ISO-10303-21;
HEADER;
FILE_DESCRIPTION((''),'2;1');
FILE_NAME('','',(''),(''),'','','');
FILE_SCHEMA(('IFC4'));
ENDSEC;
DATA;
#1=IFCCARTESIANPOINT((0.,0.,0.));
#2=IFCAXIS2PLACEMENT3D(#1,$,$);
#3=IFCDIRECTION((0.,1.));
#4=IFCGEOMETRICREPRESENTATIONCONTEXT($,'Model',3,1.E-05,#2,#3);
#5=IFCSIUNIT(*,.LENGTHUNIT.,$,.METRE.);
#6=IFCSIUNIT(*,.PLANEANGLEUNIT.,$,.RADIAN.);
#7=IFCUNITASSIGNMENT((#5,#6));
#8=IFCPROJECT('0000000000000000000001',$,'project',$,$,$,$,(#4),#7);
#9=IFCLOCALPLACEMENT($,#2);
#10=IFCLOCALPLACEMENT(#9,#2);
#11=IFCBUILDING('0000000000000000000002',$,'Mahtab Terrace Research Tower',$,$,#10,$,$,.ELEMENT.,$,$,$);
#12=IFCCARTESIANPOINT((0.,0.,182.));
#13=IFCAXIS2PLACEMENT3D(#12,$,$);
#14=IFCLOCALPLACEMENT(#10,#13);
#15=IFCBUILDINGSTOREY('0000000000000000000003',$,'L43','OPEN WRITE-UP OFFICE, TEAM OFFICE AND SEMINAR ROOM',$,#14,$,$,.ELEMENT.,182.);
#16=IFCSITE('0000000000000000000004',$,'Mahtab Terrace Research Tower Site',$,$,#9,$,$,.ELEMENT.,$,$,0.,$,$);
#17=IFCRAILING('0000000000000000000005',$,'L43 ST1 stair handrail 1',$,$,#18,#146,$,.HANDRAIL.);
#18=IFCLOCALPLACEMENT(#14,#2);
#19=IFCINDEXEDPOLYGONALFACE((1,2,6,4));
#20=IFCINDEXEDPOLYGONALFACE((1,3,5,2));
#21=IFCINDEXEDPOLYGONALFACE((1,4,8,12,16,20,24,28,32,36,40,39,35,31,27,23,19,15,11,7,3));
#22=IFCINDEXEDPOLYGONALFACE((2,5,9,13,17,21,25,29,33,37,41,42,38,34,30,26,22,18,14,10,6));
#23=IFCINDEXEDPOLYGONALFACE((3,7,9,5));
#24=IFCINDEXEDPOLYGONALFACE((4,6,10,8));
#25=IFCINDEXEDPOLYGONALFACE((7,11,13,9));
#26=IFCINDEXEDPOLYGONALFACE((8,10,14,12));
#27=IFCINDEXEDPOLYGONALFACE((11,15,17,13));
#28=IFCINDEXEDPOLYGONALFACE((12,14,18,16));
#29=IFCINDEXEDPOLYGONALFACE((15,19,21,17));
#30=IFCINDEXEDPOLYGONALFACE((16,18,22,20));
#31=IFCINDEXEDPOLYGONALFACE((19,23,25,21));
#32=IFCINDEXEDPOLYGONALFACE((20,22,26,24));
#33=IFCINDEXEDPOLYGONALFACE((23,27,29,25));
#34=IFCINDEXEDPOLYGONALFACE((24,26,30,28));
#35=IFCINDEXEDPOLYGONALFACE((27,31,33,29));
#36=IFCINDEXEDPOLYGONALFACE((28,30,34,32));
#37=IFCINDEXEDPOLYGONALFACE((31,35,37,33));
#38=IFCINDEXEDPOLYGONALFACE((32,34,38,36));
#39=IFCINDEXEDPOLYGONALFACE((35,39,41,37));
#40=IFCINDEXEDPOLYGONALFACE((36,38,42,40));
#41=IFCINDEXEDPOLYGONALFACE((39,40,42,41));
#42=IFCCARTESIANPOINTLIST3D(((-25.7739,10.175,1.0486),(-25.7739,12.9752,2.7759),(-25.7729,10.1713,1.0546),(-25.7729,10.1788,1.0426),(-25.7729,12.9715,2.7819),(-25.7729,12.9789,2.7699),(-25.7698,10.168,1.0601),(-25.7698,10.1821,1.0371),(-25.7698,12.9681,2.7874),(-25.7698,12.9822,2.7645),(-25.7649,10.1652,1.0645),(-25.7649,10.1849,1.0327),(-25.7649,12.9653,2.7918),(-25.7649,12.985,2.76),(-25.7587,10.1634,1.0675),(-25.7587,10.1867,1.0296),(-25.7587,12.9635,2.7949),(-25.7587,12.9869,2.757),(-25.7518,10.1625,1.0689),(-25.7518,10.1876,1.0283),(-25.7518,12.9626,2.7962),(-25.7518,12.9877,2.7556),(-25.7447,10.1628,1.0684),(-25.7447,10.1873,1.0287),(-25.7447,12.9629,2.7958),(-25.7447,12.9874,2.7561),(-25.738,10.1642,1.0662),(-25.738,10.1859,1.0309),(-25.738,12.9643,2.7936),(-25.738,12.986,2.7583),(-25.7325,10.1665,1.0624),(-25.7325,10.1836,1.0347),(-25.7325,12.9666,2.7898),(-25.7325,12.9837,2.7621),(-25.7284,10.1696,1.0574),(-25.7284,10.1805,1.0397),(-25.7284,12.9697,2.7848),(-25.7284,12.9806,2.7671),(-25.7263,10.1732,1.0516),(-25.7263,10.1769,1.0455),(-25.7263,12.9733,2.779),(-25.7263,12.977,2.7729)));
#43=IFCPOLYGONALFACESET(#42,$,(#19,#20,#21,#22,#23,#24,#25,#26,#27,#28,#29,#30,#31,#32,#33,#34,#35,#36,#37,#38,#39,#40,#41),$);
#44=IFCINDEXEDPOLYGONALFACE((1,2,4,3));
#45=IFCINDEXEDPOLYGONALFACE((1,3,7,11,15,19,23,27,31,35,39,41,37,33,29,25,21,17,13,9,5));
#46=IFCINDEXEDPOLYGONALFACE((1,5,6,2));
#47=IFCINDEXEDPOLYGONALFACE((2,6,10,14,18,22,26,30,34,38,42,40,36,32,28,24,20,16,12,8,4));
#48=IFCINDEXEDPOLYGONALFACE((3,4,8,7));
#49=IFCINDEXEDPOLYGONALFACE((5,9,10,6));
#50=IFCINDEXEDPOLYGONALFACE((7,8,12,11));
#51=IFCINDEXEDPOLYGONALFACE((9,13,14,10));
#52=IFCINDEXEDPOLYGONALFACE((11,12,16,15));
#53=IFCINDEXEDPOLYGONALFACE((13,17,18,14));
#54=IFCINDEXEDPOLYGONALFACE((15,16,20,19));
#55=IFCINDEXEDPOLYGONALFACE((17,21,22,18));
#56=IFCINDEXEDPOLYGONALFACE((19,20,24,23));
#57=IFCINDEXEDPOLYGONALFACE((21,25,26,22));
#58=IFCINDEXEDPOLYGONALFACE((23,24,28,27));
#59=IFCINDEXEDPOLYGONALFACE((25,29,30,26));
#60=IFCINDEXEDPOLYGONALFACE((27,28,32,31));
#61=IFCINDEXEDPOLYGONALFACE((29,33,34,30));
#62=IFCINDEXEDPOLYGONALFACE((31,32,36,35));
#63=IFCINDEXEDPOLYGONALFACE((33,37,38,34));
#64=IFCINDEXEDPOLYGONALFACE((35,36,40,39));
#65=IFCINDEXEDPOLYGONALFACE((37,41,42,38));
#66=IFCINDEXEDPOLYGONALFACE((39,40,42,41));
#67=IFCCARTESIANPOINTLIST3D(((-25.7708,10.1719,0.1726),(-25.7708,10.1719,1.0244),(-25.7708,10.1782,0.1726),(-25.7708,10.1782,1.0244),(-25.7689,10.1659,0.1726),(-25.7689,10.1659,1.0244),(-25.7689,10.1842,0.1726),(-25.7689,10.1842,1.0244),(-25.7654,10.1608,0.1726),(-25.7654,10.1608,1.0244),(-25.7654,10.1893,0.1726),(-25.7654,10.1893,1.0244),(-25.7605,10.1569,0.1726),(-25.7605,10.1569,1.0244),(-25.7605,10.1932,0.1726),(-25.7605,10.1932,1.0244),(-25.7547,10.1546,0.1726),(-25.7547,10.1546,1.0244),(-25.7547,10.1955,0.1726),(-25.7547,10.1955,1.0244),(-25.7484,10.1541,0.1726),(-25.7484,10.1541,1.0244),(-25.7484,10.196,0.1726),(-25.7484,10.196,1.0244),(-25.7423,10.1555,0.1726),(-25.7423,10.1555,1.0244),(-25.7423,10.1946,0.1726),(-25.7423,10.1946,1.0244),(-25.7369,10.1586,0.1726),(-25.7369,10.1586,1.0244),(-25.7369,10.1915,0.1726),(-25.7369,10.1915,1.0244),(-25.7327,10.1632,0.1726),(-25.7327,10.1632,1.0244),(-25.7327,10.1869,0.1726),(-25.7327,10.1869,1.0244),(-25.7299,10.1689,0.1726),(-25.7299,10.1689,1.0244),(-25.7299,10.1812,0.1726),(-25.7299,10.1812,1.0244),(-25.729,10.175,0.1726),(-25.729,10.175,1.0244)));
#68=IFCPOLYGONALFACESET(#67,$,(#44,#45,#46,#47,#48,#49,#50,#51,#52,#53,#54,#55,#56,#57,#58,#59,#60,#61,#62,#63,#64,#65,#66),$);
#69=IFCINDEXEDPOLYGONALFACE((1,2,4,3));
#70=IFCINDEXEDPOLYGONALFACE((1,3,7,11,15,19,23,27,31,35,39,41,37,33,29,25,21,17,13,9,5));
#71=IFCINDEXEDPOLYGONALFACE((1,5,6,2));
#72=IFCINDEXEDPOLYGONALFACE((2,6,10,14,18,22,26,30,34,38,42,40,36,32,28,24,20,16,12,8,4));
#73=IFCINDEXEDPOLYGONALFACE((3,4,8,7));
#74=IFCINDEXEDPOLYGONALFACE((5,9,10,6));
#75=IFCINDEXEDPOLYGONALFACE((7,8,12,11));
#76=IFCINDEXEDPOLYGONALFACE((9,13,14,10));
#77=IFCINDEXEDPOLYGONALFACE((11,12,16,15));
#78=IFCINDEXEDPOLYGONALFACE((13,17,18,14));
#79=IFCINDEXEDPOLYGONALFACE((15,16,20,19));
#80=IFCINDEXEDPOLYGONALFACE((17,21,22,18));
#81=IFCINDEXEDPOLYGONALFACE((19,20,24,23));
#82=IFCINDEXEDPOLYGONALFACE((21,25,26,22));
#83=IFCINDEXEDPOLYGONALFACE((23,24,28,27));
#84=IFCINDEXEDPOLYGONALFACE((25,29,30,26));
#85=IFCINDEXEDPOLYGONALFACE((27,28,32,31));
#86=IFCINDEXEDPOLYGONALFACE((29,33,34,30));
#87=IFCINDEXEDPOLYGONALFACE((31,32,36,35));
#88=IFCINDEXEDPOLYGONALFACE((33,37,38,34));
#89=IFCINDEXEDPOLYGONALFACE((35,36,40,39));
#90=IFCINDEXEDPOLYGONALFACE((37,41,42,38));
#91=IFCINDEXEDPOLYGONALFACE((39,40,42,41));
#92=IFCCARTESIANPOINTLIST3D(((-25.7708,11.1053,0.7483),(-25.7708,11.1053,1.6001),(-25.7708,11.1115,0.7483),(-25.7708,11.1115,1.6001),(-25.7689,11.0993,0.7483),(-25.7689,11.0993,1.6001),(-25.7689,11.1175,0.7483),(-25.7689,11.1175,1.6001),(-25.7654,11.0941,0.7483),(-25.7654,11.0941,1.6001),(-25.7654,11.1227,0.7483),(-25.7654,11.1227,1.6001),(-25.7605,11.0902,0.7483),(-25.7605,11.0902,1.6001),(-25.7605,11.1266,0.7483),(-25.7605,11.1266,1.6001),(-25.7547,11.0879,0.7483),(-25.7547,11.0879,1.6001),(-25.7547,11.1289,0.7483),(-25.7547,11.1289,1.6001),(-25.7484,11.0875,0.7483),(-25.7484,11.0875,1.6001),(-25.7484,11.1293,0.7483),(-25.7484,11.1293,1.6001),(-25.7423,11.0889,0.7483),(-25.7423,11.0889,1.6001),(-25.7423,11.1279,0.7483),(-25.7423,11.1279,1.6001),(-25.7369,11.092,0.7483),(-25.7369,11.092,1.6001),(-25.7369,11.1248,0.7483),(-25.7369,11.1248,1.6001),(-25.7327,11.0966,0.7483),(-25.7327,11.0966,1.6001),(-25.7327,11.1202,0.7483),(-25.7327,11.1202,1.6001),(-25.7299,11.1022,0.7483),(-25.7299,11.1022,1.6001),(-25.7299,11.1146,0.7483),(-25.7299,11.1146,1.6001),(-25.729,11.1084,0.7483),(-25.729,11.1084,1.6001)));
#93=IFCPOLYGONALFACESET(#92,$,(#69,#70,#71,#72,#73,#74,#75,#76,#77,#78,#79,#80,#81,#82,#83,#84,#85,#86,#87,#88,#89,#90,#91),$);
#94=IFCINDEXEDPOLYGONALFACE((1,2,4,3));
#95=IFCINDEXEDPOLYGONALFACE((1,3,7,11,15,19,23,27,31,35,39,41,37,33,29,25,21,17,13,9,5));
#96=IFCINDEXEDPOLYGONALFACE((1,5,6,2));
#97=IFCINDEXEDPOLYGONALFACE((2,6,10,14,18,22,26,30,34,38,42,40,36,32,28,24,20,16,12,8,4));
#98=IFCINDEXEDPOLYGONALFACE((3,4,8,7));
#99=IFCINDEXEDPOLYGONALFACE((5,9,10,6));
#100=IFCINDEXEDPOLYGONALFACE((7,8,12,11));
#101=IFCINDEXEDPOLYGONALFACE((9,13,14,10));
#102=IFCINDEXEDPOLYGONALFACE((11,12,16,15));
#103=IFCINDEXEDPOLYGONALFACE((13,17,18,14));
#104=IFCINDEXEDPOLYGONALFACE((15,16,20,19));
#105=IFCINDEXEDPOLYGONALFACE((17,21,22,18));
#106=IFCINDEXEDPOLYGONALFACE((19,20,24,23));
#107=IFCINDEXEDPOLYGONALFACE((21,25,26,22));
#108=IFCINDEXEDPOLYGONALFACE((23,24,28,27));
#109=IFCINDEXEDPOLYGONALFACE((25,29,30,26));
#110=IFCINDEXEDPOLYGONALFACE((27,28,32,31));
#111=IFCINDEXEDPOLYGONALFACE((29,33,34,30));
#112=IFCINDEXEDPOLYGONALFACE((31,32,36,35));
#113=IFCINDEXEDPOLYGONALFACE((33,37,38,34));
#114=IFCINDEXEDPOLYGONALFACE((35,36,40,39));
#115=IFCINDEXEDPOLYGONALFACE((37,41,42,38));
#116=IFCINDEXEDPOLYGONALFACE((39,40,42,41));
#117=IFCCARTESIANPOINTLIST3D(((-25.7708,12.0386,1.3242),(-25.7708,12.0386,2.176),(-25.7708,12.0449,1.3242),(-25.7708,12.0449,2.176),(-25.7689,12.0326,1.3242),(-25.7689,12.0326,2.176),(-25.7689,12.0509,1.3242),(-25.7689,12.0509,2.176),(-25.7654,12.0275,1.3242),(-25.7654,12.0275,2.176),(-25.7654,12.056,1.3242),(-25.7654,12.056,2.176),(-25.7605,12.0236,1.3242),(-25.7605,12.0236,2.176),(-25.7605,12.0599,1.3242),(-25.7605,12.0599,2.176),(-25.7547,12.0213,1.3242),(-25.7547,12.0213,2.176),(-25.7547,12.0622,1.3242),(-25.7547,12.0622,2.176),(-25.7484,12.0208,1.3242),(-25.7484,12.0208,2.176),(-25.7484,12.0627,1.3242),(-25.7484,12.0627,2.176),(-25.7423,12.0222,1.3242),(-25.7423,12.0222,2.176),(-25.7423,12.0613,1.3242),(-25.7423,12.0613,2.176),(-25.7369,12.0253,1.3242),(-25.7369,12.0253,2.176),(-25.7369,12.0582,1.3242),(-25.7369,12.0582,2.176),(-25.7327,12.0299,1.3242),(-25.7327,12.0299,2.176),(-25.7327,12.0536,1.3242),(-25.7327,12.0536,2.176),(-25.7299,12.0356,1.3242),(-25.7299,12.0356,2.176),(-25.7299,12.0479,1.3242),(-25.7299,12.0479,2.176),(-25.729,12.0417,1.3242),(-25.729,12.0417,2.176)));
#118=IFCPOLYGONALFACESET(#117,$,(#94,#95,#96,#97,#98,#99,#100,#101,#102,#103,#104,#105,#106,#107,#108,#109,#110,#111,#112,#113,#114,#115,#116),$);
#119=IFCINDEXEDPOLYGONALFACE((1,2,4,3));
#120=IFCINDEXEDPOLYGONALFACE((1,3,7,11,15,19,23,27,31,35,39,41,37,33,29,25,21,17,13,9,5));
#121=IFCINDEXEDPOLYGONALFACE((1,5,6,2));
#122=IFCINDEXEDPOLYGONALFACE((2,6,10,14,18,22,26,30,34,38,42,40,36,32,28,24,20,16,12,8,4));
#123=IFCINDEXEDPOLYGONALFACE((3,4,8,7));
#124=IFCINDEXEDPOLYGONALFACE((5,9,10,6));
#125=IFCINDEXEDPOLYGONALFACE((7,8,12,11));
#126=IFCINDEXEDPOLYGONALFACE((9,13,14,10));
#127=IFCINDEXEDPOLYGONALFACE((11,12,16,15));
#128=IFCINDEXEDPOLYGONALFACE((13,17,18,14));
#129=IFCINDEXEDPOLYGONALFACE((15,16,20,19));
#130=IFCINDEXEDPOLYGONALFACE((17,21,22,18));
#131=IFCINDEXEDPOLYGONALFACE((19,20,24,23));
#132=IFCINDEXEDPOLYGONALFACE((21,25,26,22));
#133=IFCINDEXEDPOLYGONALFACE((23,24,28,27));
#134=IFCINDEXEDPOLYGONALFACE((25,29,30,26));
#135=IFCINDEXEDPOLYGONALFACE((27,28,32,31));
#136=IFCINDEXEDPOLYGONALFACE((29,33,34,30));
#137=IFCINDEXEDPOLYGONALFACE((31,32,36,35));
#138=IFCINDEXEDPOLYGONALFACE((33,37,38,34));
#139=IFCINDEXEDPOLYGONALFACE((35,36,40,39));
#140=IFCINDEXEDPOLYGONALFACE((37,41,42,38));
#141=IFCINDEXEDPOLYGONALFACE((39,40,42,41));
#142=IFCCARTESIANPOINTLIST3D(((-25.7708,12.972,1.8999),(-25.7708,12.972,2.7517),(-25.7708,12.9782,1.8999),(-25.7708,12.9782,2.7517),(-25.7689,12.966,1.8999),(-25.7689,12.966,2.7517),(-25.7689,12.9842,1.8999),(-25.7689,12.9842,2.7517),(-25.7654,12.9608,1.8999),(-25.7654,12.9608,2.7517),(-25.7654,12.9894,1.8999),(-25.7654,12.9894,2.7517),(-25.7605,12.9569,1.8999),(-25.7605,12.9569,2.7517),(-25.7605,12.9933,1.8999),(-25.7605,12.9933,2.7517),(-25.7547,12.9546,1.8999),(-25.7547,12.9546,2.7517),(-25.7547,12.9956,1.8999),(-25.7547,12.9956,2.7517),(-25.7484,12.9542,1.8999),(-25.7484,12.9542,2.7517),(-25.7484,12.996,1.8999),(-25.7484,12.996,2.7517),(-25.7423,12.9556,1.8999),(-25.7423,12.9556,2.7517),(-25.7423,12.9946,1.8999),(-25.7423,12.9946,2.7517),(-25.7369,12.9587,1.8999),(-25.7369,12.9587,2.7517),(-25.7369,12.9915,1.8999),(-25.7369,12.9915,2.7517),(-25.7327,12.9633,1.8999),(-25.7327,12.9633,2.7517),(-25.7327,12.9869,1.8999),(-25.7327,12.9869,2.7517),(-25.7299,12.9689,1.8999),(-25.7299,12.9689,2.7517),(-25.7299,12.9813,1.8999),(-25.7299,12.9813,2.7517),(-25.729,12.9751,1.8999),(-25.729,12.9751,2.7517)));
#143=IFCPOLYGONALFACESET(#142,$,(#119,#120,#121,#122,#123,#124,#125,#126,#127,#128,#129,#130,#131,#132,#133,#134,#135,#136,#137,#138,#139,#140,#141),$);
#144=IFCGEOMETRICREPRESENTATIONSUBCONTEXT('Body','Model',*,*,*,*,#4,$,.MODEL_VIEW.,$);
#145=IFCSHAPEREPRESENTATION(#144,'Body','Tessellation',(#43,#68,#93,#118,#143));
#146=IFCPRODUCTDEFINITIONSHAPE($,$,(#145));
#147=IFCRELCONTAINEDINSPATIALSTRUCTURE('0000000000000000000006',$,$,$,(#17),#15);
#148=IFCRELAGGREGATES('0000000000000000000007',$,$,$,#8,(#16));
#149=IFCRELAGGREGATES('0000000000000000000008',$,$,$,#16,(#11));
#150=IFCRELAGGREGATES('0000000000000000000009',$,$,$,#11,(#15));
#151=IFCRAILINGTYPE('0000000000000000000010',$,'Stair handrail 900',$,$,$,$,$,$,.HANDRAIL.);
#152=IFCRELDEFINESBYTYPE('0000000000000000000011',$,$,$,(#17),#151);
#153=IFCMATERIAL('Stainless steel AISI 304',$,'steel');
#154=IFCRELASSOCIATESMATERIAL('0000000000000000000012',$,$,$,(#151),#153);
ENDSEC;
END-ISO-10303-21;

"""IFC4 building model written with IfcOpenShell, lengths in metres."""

from ifc_helpers import new_model, si_unit, direction, frame, origin, origin_2d, place, context, subcontext, project, spatial, circle, extrude, material, type_object, element, save


model = new_model("IFC4")

# Units and contexts
model_context = context("Model", 3, precision=1e-05, world=origin(), true_north=direction((0.0, 1.0)))
body_context = subcontext(model_context, "Body", "Model", "MODEL_VIEW")
ifc_project = project(units=[si_unit("LENGTHUNIT", "METRE"), si_unit("PLANEANGLEUNIT", "RADIAN")], contexts=[model_context])

# Site, building, storey
site_placement = place(None, origin())
site = spatial("IfcSite", under=ifc_project, at=site_placement, Name="Mahtab Terrace Research Tower Site", CompositionType="ELEMENT", RefElevation=0.0)
building_placement = place(site_placement, origin())
building = spatial("IfcBuilding", under=site, at=building_placement, Name="Mahtab Terrace Research Tower", CompositionType="ELEMENT")
storey_placement = place(building_placement, frame((0.0, 0.0, 182.0)))
storey = spatial("IfcBuildingStorey", under=building, at=storey_placement, Name="L43", Description="OPEN WRITE-UP OFFICE, TEAM OFFICE AND SEMINAR ROOM", CompositionType="ELEMENT", Elevation=182.0)

# Railing
ifc_material_1 = material(Name="Stainless steel AISI 304", Category="steel")
railing_type = type_object("IfcRailingType", Name="Stair handrail 900", PredefinedType="HANDRAIL", material=ifc_material_1)
railing_placement = place(storey_placement, frame((-25.75, 10.175, 0.1726)))
element("IfcRailing", 1, at=railing_placement, inside=storey, type_object=railing_type, Name="L43 ST1 stair handrail 1", PredefinedType="HANDRAIL", context=body_context, shape_type="SweptSolid", body=[
    extrude(circle(Radius=0.0239, at=origin_2d()), frame((0.0, 0.0, 0.876), z_axis=(0.0, 0.85109, 0.52502), x_axis=(-1.0, 0.0, 0.0)), (0.0, 0.0, 1.0), 3.29),
    extrude(circle(Radius=0.021, at=origin_2d()), origin(), (0.0, 0.0, 1.0), 0.8518),
    extrude(circle(Radius=0.021, at=origin_2d()), frame((0.0, 0.9333, 0.5757)), (0.0, 0.0, 1.0), 0.8518),
    extrude(circle(Radius=0.021, at=origin_2d()), frame((0.0, 1.8667, 1.1516)), (0.0, 0.0, 1.0), 0.8518),
    extrude(circle(Radius=0.021, at=origin_2d()), frame((0.0, 2.8, 1.7273)), (0.0, 0.0, 1.0), 0.8518),
])

save(model, "model.ifc")
